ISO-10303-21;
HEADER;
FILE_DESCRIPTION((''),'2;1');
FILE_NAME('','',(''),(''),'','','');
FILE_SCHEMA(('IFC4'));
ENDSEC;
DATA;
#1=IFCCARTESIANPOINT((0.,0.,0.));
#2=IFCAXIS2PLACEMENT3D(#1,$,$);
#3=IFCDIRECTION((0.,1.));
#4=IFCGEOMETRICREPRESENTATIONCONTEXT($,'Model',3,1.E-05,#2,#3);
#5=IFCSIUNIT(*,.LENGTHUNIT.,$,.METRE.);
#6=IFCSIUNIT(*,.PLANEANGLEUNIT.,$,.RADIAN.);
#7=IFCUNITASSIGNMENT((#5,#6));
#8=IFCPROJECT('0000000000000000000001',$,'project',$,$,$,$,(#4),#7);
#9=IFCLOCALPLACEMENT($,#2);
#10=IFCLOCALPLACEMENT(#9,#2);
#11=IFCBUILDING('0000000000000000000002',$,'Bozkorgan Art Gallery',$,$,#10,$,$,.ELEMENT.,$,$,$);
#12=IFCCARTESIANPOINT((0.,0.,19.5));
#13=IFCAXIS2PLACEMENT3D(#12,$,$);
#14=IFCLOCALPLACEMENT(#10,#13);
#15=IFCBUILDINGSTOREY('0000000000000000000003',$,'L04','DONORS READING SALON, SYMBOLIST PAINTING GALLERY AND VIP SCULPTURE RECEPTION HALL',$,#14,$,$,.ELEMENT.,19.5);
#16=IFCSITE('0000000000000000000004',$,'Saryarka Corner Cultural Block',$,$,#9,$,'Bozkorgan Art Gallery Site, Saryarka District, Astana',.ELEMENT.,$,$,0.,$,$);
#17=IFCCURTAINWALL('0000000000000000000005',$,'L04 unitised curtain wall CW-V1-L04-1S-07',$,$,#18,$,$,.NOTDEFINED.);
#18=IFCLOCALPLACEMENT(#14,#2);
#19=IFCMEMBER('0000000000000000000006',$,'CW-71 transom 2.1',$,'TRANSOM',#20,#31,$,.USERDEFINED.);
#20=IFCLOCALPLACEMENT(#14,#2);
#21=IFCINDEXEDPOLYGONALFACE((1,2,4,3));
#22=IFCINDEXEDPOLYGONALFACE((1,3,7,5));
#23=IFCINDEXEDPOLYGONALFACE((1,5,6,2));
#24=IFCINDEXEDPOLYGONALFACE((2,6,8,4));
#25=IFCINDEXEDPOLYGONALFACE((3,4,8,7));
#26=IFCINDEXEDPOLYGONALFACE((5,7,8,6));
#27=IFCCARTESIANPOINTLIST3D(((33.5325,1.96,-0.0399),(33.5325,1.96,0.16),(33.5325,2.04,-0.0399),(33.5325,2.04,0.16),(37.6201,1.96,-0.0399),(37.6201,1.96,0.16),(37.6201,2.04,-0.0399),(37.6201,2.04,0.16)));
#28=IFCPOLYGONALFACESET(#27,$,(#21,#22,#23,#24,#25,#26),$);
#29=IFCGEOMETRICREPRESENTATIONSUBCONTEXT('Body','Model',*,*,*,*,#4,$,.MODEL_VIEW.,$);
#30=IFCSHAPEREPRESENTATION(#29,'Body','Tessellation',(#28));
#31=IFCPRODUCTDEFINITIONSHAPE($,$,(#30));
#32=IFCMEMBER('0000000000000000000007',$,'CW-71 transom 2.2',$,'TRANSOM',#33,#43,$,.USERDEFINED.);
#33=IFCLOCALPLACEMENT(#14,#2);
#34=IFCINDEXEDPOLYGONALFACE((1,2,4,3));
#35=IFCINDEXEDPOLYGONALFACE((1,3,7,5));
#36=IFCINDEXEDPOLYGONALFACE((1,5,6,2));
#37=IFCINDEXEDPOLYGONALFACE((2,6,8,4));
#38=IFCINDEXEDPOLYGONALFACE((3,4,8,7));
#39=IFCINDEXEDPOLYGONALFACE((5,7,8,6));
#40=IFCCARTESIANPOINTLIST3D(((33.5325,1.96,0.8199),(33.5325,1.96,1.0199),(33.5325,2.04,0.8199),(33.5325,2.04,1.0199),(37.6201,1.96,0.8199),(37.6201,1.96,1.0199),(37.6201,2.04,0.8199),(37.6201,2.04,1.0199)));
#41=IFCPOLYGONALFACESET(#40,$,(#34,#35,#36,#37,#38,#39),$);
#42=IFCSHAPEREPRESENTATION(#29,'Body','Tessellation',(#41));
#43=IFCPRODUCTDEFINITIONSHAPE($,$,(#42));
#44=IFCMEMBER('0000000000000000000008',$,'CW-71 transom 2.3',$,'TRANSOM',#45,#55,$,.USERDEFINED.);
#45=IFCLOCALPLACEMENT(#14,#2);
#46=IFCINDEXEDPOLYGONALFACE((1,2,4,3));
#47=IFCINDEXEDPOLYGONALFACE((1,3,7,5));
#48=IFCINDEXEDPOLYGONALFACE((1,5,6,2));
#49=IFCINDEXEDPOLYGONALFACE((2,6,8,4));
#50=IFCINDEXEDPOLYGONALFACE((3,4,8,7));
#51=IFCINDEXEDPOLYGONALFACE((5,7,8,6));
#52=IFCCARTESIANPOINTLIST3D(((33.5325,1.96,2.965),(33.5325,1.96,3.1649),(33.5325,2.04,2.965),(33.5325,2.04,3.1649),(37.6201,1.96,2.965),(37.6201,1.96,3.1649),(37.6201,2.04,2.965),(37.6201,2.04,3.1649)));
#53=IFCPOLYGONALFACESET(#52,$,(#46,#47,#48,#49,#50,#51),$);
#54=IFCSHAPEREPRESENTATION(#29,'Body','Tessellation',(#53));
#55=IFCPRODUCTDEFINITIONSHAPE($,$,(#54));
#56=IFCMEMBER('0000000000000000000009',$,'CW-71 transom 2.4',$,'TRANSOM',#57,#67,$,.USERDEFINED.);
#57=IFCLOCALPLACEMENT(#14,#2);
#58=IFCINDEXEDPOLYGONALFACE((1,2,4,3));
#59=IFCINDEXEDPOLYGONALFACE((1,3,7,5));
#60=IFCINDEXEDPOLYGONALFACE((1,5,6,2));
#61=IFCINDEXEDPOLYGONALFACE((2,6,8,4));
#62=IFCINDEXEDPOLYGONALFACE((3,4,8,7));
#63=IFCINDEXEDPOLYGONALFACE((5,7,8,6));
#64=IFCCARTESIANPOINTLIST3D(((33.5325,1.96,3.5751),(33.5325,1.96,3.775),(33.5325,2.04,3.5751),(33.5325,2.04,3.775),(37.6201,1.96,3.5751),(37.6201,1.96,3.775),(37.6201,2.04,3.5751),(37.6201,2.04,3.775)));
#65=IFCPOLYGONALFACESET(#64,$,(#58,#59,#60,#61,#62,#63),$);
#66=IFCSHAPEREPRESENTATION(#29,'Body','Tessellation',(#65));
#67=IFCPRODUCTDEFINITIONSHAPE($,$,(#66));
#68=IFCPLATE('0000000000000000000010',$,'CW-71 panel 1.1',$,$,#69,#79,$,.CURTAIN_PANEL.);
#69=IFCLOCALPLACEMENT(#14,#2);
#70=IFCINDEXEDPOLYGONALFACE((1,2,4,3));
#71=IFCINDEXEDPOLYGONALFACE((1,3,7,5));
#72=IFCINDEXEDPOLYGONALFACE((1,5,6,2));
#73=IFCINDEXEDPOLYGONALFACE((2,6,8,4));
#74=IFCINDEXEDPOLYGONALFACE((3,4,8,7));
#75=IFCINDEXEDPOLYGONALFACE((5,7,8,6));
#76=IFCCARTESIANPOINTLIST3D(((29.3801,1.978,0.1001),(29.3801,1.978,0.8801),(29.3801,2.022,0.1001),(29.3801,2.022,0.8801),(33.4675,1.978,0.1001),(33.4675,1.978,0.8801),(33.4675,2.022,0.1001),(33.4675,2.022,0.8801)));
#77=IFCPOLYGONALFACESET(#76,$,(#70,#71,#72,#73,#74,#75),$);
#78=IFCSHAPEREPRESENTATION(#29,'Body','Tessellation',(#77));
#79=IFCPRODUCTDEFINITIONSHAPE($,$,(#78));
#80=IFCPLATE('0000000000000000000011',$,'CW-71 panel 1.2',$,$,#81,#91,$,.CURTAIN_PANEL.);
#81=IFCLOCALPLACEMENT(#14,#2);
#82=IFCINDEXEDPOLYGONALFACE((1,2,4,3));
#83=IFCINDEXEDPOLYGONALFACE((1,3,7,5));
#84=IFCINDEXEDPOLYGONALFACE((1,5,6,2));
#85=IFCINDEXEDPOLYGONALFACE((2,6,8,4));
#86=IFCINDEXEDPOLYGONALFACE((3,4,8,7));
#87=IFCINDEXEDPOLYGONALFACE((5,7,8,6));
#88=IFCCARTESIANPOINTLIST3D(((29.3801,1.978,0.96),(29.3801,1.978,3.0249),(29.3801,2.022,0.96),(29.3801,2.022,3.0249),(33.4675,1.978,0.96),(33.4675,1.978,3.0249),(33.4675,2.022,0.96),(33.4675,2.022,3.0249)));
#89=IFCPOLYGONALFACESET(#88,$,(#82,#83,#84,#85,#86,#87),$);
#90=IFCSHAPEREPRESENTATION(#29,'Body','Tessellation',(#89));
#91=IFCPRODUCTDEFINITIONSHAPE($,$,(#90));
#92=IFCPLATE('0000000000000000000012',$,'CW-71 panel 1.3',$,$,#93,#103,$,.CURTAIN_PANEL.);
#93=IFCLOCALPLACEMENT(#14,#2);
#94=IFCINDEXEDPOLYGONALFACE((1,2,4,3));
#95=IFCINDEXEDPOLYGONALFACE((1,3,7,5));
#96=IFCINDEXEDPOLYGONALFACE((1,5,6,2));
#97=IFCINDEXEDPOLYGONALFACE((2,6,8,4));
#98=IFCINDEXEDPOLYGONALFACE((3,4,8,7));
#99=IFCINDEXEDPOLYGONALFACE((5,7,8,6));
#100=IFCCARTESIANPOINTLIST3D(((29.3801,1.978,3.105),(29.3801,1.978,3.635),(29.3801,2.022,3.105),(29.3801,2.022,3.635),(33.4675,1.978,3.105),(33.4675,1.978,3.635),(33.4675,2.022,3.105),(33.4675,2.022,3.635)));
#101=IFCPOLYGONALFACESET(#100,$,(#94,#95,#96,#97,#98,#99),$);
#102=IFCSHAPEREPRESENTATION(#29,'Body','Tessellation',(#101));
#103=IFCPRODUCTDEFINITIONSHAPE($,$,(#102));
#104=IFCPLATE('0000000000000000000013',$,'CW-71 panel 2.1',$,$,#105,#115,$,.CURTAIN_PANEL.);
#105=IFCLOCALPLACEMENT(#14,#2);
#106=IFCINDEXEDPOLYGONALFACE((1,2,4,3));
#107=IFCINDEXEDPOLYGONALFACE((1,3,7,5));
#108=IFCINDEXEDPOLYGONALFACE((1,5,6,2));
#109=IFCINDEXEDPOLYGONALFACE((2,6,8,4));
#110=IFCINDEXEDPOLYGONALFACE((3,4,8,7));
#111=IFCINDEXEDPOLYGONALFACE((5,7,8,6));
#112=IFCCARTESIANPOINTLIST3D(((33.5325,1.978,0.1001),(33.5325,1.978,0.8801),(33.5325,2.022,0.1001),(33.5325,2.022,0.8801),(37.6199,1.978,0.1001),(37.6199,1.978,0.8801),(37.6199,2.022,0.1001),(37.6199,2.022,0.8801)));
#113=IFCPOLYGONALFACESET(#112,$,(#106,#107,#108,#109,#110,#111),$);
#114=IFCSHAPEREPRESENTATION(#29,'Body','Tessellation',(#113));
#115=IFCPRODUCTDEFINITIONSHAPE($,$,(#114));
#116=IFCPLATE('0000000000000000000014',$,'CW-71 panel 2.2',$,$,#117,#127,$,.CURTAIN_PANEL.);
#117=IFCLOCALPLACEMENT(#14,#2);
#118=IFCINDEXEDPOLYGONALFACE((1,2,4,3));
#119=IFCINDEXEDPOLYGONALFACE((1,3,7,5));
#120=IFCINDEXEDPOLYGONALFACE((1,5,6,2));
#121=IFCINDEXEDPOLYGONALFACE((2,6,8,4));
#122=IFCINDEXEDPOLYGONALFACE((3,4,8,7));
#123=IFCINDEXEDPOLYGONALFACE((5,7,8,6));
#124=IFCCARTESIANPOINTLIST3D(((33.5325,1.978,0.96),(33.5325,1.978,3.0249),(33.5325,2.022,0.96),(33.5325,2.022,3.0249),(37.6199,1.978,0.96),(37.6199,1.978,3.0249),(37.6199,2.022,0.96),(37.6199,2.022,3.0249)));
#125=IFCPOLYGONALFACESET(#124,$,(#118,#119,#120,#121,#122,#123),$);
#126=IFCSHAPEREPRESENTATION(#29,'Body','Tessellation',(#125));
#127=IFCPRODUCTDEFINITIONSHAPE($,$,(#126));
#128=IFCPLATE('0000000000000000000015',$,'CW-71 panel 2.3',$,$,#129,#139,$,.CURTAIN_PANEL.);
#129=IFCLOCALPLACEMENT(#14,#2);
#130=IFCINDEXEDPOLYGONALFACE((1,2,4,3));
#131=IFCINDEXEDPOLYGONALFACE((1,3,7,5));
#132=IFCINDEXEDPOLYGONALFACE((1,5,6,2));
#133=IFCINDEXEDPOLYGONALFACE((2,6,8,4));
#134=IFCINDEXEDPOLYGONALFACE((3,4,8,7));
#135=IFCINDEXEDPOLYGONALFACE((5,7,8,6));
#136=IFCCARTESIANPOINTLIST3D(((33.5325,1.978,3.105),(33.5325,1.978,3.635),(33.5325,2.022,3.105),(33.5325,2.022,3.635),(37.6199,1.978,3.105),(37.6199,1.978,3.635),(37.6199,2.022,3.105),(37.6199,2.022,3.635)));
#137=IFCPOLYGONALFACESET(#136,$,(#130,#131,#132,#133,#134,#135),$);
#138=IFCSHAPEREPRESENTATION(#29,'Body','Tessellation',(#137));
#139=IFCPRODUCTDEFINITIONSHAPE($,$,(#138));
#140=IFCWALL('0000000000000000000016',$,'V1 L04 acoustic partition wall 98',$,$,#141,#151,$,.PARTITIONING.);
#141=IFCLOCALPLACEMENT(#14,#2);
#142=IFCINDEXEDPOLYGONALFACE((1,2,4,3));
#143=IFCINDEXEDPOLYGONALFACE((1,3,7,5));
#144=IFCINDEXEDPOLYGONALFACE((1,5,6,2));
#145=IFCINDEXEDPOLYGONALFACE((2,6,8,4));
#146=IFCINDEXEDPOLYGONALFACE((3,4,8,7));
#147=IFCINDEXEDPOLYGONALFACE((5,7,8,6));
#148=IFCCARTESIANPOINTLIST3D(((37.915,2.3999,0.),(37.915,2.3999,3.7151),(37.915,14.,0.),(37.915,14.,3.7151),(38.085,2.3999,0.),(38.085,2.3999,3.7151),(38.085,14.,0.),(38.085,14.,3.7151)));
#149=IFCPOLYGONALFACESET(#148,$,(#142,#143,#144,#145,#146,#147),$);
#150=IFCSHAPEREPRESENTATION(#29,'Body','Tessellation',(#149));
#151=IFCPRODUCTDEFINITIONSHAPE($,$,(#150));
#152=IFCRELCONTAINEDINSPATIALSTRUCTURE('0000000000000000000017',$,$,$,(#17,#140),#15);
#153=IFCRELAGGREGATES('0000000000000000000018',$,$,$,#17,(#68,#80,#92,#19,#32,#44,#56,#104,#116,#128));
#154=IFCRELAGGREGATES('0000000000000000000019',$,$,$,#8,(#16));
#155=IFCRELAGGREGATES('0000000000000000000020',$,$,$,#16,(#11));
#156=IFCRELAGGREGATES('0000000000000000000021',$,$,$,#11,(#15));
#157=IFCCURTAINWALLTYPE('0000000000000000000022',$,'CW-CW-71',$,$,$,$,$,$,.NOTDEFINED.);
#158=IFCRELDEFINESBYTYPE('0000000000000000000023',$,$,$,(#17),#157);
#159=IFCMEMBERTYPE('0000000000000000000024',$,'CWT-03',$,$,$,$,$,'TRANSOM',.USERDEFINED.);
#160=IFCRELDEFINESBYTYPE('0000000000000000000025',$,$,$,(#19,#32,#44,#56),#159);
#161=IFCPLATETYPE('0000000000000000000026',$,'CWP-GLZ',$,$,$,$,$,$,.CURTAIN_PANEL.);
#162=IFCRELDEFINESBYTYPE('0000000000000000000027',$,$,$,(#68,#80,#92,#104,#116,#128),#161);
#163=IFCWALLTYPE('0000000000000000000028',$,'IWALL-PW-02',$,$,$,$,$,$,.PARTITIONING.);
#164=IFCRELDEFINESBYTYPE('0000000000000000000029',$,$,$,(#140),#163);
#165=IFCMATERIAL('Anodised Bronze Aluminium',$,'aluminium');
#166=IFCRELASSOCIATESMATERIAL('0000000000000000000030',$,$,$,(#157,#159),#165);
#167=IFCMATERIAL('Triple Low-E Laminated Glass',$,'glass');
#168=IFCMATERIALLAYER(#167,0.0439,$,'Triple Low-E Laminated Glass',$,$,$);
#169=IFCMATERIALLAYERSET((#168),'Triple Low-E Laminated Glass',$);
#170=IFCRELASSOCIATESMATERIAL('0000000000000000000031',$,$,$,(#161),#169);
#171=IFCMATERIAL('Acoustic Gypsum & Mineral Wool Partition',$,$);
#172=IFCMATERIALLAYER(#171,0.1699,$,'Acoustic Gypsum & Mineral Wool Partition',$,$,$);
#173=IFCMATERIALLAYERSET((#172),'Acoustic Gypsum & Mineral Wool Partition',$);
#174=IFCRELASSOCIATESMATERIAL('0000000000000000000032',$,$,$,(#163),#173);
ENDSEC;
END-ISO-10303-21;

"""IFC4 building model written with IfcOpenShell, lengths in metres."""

from ifc_helpers import new_model, si_unit, direction, frame, frame_2d, origin, origin_2d, place, context, subcontext, project, spatial, rectangle, extrude, material, layer, layer_set, material_profile, profile_set, type_object, element, aggregate, save


model = new_model("IFC4")

# Units and contexts
model_context = context("Model", 3, precision=1e-05, world=origin(), true_north=direction((0.0, 1.0)))
body_context = subcontext(model_context, "Body", "Model", "MODEL_VIEW")
ifc_project = project(units=[si_unit("LENGTHUNIT", "METRE"), si_unit("PLANEANGLEUNIT", "RADIAN")], contexts=[model_context])

# Site, building, storey
site_placement = place(None, origin())
site = spatial("IfcSite", under=ifc_project, at=site_placement, Name="Saryarka Corner Cultural Block", LongName="Bozkorgan Art Gallery Site, Saryarka District, Astana", CompositionType="ELEMENT", RefElevation=0.0)
building_placement = place(site_placement, origin())
building = spatial("IfcBuilding", under=site, at=building_placement, Name="Bozkorgan Art Gallery", CompositionType="ELEMENT")
storey_placement = place(building_placement, frame((0.0, 0.0, 19.5)))
storey = spatial("IfcBuildingStorey", under=building, at=storey_placement, Name="L04", Description="DONORS READING SALON, SYMBOLIST PAINTING GALLERY AND VIP SCULPTURE RECEPTION HALL", CompositionType="ELEMENT", Elevation=19.5)

# Curtain wall, members, plates
ifc_material_1 = material(Name="Anodised Bronze Aluminium", Category="aluminium")
curtain_wall_type = type_object("IfcCurtainWallType", Name="CW-CW-71", PredefinedType="NOTDEFINED", material=ifc_material_1)
curtain_wall_placement = place(storey_placement, origin())
curtain_wall = element("IfcCurtainWall", 1, at=curtain_wall_placement, inside=storey, type_object=curtain_wall_type, Name="L04 unitised curtain wall CW-V1-L04-1S-07", PredefinedType="NOTDEFINED")
ifc_material_profile_1 = material_profile(ifc_material_1, rectangle(XDim=0.0801, YDim=0.2, at=origin_2d()), Name="ALU TRANSOM 80x200")
ifc_profile_set_1 = profile_set([ifc_material_profile_1], Name="Anodised Bronze Aluminium")
member_type_1 = type_object("IfcMemberType", Name="CWT-03", ElementType="TRANSOM", PredefinedType="USERDEFINED", material=ifc_profile_set_1)
member_1_placement = place(storey_placement, frame((33.5325, 2.0, 0.0601), z_axis=(1.0, 0.0, 0.0), x_axis=(0.0, 1.0, 0.0)))
member_1 = element("IfcMember", 2, at=member_1_placement, type_object=member_type_1, Name="CW-71 transom 2.1", ObjectType="TRANSOM", PredefinedType="USERDEFINED", context=body_context, shape_type="SweptSolid", body=[
    extrude(rectangle(XDim=0.0801, YDim=0.2, at=origin_2d()), origin(), (0.0, 0.0, 1.0), 4.0876),
])
member_2_placement = place(storey_placement, frame((33.5325, 2.0, 0.9199), z_axis=(1.0, 0.0, 0.0), x_axis=(0.0, 1.0, 0.0)))
member_2 = element("IfcMember", 3, at=member_2_placement, type_object=member_type_1, Name="CW-71 transom 2.2", ObjectType="TRANSOM", PredefinedType="USERDEFINED", context=body_context, shape_type="SweptSolid", body=[
    extrude(rectangle(XDim=0.0801, YDim=0.2, at=origin_2d()), origin(), (0.0, 0.0, 1.0), 4.0876),
])
member_3_placement = place(storey_placement, frame((33.5325, 2.0, 3.0649), z_axis=(1.0, 0.0, 0.0), x_axis=(0.0, 1.0, 0.0)))
member_3 = element("IfcMember", 4, at=member_3_placement, type_object=member_type_1, Name="CW-71 transom 2.3", ObjectType="TRANSOM", PredefinedType="USERDEFINED", context=body_context, shape_type="SweptSolid", body=[
    extrude(rectangle(XDim=0.0801, YDim=0.2, at=origin_2d()), origin(), (0.0, 0.0, 1.0), 4.0876),
])
member_4_placement = place(storey_placement, frame((33.5325, 2.0, 3.675), z_axis=(1.0, 0.0, 0.0), x_axis=(0.0, 1.0, 0.0)))
member_4 = element("IfcMember", 5, at=member_4_placement, type_object=member_type_1, Name="CW-71 transom 2.4", ObjectType="TRANSOM", PredefinedType="USERDEFINED", context=body_context, shape_type="SweptSolid", body=[
    extrude(rectangle(XDim=0.0801, YDim=0.2, at=origin_2d()), origin(), (0.0, 0.0, 1.0), 4.0876),
])
ifc_material_2 = material(Name="Triple Low-E Laminated Glass", Category="glass")
ifc_layer_1 = layer(ifc_material_2, 0.0439, Name="Triple Low-E Laminated Glass")
ifc_layer_set_1 = layer_set([ifc_layer_1], Name="Triple Low-E Laminated Glass")
plate_type = type_object("IfcPlateType", Name="CWP-GLZ", PredefinedType="CURTAIN_PANEL", material=ifc_layer_set_1)
plate_1_placement = place(storey_placement, frame((31.4238, 2.0, 0.1001), z_axis=(0.0, 0.0, 1.0), x_axis=(1.0, 0.0, 0.0)))
plate_1 = element("IfcPlate", 6, at=plate_1_placement, type_object=plate_type, Name="CW-71 panel 1.1", PredefinedType="CURTAIN_PANEL", context=body_context, shape_type="SweptSolid", body=[
    extrude(rectangle(XDim=4.0874, YDim=0.0439, at=origin_2d()), origin(), (0.0, 0.0, 1.0), 0.78),
])
plate_2_placement = place(storey_placement, frame((31.4238, 2.0, 0.96), z_axis=(0.0, 0.0, 1.0), x_axis=(1.0, 0.0, 0.0)))
plate_2 = element("IfcPlate", 7, at=plate_2_placement, type_object=plate_type, Name="CW-71 panel 1.2", PredefinedType="CURTAIN_PANEL", context=body_context, shape_type="SweptSolid", body=[
    extrude(rectangle(XDim=4.0874, YDim=0.0439, at=origin_2d()), origin(), (0.0, 0.0, 1.0), 2.0649),
])
plate_3_placement = place(storey_placement, frame((31.4238, 2.0, 3.105), z_axis=(0.0, 0.0, 1.0), x_axis=(1.0, 0.0, 0.0)))
plate_3 = element("IfcPlate", 8, at=plate_3_placement, type_object=plate_type, Name="CW-71 panel 1.3", PredefinedType="CURTAIN_PANEL", context=body_context, shape_type="SweptSolid", body=[
    extrude(rectangle(XDim=4.0874, YDim=0.0439, at=origin_2d()), origin(), (0.0, 0.0, 1.0), 0.53),
])
plate_4_placement = place(storey_placement, frame((35.5762, 2.0, 0.1001), z_axis=(0.0, 0.0, 1.0), x_axis=(1.0, 0.0, 0.0)))
plate_4 = element("IfcPlate", 9, at=plate_4_placement, type_object=plate_type, Name="CW-71 panel 2.1", PredefinedType="CURTAIN_PANEL", context=body_context, shape_type="SweptSolid", body=[
    extrude(rectangle(XDim=4.0874, YDim=0.0439, at=origin_2d()), origin(), (0.0, 0.0, 1.0), 0.78),
])
plate_5_placement = place(storey_placement, frame((35.5762, 2.0, 0.96), z_axis=(0.0, 0.0, 1.0), x_axis=(1.0, 0.0, 0.0)))
plate_5 = element("IfcPlate", 10, at=plate_5_placement, type_object=plate_type, Name="CW-71 panel 2.2", PredefinedType="CURTAIN_PANEL", context=body_context, shape_type="SweptSolid", body=[
    extrude(rectangle(XDim=4.0874, YDim=0.0439, at=origin_2d()), origin(), (0.0, 0.0, 1.0), 2.0649),
])
plate_6_placement = place(storey_placement, frame((35.5762, 2.0, 3.105), z_axis=(0.0, 0.0, 1.0), x_axis=(1.0, 0.0, 0.0)))
plate_6 = element("IfcPlate", 11, at=plate_6_placement, type_object=plate_type, Name="CW-71 panel 2.3", PredefinedType="CURTAIN_PANEL", context=body_context, shape_type="SweptSolid", body=[
    extrude(rectangle(XDim=4.0874, YDim=0.0439, at=origin_2d()), origin(), (0.0, 0.0, 1.0), 0.53),
])
aggregate(curtain_wall, [plate_1, plate_2, plate_3, member_1, member_2, member_3, member_4, plate_4, plate_5, plate_6])

# Wall
ifc_material_3 = material(Name="Acoustic Gypsum & Mineral Wool Partition")
ifc_layer_2 = layer(ifc_material_3, 0.1699, Name="Acoustic Gypsum & Mineral Wool Partition")
ifc_layer_set_2 = layer_set([ifc_layer_2], Name="Acoustic Gypsum & Mineral Wool Partition")
wall_type = type_object("IfcWallType", Name="IWALL-PW-02", PredefinedType="PARTITIONING", material=ifc_layer_set_2)
wall_placement = place(storey_placement, frame((38.0, 2.3999, 0.0), z_axis=(0.0, 0.0, 1.0), x_axis=(0.0, 1.0, 0.0)))
element("IfcWall", 12, at=wall_placement, inside=storey, type_object=wall_type, Name="V1 L04 acoustic partition wall 98", PredefinedType="PARTITIONING", context=body_context, shape_type="SweptSolid", body=[
    extrude(rectangle(XDim=11.6001, YDim=0.1699, at=frame_2d((5.8, 0.0))), origin(), (0.0, 0.0, 1.0), 3.7151),
])

save(model, "model.ifc")
